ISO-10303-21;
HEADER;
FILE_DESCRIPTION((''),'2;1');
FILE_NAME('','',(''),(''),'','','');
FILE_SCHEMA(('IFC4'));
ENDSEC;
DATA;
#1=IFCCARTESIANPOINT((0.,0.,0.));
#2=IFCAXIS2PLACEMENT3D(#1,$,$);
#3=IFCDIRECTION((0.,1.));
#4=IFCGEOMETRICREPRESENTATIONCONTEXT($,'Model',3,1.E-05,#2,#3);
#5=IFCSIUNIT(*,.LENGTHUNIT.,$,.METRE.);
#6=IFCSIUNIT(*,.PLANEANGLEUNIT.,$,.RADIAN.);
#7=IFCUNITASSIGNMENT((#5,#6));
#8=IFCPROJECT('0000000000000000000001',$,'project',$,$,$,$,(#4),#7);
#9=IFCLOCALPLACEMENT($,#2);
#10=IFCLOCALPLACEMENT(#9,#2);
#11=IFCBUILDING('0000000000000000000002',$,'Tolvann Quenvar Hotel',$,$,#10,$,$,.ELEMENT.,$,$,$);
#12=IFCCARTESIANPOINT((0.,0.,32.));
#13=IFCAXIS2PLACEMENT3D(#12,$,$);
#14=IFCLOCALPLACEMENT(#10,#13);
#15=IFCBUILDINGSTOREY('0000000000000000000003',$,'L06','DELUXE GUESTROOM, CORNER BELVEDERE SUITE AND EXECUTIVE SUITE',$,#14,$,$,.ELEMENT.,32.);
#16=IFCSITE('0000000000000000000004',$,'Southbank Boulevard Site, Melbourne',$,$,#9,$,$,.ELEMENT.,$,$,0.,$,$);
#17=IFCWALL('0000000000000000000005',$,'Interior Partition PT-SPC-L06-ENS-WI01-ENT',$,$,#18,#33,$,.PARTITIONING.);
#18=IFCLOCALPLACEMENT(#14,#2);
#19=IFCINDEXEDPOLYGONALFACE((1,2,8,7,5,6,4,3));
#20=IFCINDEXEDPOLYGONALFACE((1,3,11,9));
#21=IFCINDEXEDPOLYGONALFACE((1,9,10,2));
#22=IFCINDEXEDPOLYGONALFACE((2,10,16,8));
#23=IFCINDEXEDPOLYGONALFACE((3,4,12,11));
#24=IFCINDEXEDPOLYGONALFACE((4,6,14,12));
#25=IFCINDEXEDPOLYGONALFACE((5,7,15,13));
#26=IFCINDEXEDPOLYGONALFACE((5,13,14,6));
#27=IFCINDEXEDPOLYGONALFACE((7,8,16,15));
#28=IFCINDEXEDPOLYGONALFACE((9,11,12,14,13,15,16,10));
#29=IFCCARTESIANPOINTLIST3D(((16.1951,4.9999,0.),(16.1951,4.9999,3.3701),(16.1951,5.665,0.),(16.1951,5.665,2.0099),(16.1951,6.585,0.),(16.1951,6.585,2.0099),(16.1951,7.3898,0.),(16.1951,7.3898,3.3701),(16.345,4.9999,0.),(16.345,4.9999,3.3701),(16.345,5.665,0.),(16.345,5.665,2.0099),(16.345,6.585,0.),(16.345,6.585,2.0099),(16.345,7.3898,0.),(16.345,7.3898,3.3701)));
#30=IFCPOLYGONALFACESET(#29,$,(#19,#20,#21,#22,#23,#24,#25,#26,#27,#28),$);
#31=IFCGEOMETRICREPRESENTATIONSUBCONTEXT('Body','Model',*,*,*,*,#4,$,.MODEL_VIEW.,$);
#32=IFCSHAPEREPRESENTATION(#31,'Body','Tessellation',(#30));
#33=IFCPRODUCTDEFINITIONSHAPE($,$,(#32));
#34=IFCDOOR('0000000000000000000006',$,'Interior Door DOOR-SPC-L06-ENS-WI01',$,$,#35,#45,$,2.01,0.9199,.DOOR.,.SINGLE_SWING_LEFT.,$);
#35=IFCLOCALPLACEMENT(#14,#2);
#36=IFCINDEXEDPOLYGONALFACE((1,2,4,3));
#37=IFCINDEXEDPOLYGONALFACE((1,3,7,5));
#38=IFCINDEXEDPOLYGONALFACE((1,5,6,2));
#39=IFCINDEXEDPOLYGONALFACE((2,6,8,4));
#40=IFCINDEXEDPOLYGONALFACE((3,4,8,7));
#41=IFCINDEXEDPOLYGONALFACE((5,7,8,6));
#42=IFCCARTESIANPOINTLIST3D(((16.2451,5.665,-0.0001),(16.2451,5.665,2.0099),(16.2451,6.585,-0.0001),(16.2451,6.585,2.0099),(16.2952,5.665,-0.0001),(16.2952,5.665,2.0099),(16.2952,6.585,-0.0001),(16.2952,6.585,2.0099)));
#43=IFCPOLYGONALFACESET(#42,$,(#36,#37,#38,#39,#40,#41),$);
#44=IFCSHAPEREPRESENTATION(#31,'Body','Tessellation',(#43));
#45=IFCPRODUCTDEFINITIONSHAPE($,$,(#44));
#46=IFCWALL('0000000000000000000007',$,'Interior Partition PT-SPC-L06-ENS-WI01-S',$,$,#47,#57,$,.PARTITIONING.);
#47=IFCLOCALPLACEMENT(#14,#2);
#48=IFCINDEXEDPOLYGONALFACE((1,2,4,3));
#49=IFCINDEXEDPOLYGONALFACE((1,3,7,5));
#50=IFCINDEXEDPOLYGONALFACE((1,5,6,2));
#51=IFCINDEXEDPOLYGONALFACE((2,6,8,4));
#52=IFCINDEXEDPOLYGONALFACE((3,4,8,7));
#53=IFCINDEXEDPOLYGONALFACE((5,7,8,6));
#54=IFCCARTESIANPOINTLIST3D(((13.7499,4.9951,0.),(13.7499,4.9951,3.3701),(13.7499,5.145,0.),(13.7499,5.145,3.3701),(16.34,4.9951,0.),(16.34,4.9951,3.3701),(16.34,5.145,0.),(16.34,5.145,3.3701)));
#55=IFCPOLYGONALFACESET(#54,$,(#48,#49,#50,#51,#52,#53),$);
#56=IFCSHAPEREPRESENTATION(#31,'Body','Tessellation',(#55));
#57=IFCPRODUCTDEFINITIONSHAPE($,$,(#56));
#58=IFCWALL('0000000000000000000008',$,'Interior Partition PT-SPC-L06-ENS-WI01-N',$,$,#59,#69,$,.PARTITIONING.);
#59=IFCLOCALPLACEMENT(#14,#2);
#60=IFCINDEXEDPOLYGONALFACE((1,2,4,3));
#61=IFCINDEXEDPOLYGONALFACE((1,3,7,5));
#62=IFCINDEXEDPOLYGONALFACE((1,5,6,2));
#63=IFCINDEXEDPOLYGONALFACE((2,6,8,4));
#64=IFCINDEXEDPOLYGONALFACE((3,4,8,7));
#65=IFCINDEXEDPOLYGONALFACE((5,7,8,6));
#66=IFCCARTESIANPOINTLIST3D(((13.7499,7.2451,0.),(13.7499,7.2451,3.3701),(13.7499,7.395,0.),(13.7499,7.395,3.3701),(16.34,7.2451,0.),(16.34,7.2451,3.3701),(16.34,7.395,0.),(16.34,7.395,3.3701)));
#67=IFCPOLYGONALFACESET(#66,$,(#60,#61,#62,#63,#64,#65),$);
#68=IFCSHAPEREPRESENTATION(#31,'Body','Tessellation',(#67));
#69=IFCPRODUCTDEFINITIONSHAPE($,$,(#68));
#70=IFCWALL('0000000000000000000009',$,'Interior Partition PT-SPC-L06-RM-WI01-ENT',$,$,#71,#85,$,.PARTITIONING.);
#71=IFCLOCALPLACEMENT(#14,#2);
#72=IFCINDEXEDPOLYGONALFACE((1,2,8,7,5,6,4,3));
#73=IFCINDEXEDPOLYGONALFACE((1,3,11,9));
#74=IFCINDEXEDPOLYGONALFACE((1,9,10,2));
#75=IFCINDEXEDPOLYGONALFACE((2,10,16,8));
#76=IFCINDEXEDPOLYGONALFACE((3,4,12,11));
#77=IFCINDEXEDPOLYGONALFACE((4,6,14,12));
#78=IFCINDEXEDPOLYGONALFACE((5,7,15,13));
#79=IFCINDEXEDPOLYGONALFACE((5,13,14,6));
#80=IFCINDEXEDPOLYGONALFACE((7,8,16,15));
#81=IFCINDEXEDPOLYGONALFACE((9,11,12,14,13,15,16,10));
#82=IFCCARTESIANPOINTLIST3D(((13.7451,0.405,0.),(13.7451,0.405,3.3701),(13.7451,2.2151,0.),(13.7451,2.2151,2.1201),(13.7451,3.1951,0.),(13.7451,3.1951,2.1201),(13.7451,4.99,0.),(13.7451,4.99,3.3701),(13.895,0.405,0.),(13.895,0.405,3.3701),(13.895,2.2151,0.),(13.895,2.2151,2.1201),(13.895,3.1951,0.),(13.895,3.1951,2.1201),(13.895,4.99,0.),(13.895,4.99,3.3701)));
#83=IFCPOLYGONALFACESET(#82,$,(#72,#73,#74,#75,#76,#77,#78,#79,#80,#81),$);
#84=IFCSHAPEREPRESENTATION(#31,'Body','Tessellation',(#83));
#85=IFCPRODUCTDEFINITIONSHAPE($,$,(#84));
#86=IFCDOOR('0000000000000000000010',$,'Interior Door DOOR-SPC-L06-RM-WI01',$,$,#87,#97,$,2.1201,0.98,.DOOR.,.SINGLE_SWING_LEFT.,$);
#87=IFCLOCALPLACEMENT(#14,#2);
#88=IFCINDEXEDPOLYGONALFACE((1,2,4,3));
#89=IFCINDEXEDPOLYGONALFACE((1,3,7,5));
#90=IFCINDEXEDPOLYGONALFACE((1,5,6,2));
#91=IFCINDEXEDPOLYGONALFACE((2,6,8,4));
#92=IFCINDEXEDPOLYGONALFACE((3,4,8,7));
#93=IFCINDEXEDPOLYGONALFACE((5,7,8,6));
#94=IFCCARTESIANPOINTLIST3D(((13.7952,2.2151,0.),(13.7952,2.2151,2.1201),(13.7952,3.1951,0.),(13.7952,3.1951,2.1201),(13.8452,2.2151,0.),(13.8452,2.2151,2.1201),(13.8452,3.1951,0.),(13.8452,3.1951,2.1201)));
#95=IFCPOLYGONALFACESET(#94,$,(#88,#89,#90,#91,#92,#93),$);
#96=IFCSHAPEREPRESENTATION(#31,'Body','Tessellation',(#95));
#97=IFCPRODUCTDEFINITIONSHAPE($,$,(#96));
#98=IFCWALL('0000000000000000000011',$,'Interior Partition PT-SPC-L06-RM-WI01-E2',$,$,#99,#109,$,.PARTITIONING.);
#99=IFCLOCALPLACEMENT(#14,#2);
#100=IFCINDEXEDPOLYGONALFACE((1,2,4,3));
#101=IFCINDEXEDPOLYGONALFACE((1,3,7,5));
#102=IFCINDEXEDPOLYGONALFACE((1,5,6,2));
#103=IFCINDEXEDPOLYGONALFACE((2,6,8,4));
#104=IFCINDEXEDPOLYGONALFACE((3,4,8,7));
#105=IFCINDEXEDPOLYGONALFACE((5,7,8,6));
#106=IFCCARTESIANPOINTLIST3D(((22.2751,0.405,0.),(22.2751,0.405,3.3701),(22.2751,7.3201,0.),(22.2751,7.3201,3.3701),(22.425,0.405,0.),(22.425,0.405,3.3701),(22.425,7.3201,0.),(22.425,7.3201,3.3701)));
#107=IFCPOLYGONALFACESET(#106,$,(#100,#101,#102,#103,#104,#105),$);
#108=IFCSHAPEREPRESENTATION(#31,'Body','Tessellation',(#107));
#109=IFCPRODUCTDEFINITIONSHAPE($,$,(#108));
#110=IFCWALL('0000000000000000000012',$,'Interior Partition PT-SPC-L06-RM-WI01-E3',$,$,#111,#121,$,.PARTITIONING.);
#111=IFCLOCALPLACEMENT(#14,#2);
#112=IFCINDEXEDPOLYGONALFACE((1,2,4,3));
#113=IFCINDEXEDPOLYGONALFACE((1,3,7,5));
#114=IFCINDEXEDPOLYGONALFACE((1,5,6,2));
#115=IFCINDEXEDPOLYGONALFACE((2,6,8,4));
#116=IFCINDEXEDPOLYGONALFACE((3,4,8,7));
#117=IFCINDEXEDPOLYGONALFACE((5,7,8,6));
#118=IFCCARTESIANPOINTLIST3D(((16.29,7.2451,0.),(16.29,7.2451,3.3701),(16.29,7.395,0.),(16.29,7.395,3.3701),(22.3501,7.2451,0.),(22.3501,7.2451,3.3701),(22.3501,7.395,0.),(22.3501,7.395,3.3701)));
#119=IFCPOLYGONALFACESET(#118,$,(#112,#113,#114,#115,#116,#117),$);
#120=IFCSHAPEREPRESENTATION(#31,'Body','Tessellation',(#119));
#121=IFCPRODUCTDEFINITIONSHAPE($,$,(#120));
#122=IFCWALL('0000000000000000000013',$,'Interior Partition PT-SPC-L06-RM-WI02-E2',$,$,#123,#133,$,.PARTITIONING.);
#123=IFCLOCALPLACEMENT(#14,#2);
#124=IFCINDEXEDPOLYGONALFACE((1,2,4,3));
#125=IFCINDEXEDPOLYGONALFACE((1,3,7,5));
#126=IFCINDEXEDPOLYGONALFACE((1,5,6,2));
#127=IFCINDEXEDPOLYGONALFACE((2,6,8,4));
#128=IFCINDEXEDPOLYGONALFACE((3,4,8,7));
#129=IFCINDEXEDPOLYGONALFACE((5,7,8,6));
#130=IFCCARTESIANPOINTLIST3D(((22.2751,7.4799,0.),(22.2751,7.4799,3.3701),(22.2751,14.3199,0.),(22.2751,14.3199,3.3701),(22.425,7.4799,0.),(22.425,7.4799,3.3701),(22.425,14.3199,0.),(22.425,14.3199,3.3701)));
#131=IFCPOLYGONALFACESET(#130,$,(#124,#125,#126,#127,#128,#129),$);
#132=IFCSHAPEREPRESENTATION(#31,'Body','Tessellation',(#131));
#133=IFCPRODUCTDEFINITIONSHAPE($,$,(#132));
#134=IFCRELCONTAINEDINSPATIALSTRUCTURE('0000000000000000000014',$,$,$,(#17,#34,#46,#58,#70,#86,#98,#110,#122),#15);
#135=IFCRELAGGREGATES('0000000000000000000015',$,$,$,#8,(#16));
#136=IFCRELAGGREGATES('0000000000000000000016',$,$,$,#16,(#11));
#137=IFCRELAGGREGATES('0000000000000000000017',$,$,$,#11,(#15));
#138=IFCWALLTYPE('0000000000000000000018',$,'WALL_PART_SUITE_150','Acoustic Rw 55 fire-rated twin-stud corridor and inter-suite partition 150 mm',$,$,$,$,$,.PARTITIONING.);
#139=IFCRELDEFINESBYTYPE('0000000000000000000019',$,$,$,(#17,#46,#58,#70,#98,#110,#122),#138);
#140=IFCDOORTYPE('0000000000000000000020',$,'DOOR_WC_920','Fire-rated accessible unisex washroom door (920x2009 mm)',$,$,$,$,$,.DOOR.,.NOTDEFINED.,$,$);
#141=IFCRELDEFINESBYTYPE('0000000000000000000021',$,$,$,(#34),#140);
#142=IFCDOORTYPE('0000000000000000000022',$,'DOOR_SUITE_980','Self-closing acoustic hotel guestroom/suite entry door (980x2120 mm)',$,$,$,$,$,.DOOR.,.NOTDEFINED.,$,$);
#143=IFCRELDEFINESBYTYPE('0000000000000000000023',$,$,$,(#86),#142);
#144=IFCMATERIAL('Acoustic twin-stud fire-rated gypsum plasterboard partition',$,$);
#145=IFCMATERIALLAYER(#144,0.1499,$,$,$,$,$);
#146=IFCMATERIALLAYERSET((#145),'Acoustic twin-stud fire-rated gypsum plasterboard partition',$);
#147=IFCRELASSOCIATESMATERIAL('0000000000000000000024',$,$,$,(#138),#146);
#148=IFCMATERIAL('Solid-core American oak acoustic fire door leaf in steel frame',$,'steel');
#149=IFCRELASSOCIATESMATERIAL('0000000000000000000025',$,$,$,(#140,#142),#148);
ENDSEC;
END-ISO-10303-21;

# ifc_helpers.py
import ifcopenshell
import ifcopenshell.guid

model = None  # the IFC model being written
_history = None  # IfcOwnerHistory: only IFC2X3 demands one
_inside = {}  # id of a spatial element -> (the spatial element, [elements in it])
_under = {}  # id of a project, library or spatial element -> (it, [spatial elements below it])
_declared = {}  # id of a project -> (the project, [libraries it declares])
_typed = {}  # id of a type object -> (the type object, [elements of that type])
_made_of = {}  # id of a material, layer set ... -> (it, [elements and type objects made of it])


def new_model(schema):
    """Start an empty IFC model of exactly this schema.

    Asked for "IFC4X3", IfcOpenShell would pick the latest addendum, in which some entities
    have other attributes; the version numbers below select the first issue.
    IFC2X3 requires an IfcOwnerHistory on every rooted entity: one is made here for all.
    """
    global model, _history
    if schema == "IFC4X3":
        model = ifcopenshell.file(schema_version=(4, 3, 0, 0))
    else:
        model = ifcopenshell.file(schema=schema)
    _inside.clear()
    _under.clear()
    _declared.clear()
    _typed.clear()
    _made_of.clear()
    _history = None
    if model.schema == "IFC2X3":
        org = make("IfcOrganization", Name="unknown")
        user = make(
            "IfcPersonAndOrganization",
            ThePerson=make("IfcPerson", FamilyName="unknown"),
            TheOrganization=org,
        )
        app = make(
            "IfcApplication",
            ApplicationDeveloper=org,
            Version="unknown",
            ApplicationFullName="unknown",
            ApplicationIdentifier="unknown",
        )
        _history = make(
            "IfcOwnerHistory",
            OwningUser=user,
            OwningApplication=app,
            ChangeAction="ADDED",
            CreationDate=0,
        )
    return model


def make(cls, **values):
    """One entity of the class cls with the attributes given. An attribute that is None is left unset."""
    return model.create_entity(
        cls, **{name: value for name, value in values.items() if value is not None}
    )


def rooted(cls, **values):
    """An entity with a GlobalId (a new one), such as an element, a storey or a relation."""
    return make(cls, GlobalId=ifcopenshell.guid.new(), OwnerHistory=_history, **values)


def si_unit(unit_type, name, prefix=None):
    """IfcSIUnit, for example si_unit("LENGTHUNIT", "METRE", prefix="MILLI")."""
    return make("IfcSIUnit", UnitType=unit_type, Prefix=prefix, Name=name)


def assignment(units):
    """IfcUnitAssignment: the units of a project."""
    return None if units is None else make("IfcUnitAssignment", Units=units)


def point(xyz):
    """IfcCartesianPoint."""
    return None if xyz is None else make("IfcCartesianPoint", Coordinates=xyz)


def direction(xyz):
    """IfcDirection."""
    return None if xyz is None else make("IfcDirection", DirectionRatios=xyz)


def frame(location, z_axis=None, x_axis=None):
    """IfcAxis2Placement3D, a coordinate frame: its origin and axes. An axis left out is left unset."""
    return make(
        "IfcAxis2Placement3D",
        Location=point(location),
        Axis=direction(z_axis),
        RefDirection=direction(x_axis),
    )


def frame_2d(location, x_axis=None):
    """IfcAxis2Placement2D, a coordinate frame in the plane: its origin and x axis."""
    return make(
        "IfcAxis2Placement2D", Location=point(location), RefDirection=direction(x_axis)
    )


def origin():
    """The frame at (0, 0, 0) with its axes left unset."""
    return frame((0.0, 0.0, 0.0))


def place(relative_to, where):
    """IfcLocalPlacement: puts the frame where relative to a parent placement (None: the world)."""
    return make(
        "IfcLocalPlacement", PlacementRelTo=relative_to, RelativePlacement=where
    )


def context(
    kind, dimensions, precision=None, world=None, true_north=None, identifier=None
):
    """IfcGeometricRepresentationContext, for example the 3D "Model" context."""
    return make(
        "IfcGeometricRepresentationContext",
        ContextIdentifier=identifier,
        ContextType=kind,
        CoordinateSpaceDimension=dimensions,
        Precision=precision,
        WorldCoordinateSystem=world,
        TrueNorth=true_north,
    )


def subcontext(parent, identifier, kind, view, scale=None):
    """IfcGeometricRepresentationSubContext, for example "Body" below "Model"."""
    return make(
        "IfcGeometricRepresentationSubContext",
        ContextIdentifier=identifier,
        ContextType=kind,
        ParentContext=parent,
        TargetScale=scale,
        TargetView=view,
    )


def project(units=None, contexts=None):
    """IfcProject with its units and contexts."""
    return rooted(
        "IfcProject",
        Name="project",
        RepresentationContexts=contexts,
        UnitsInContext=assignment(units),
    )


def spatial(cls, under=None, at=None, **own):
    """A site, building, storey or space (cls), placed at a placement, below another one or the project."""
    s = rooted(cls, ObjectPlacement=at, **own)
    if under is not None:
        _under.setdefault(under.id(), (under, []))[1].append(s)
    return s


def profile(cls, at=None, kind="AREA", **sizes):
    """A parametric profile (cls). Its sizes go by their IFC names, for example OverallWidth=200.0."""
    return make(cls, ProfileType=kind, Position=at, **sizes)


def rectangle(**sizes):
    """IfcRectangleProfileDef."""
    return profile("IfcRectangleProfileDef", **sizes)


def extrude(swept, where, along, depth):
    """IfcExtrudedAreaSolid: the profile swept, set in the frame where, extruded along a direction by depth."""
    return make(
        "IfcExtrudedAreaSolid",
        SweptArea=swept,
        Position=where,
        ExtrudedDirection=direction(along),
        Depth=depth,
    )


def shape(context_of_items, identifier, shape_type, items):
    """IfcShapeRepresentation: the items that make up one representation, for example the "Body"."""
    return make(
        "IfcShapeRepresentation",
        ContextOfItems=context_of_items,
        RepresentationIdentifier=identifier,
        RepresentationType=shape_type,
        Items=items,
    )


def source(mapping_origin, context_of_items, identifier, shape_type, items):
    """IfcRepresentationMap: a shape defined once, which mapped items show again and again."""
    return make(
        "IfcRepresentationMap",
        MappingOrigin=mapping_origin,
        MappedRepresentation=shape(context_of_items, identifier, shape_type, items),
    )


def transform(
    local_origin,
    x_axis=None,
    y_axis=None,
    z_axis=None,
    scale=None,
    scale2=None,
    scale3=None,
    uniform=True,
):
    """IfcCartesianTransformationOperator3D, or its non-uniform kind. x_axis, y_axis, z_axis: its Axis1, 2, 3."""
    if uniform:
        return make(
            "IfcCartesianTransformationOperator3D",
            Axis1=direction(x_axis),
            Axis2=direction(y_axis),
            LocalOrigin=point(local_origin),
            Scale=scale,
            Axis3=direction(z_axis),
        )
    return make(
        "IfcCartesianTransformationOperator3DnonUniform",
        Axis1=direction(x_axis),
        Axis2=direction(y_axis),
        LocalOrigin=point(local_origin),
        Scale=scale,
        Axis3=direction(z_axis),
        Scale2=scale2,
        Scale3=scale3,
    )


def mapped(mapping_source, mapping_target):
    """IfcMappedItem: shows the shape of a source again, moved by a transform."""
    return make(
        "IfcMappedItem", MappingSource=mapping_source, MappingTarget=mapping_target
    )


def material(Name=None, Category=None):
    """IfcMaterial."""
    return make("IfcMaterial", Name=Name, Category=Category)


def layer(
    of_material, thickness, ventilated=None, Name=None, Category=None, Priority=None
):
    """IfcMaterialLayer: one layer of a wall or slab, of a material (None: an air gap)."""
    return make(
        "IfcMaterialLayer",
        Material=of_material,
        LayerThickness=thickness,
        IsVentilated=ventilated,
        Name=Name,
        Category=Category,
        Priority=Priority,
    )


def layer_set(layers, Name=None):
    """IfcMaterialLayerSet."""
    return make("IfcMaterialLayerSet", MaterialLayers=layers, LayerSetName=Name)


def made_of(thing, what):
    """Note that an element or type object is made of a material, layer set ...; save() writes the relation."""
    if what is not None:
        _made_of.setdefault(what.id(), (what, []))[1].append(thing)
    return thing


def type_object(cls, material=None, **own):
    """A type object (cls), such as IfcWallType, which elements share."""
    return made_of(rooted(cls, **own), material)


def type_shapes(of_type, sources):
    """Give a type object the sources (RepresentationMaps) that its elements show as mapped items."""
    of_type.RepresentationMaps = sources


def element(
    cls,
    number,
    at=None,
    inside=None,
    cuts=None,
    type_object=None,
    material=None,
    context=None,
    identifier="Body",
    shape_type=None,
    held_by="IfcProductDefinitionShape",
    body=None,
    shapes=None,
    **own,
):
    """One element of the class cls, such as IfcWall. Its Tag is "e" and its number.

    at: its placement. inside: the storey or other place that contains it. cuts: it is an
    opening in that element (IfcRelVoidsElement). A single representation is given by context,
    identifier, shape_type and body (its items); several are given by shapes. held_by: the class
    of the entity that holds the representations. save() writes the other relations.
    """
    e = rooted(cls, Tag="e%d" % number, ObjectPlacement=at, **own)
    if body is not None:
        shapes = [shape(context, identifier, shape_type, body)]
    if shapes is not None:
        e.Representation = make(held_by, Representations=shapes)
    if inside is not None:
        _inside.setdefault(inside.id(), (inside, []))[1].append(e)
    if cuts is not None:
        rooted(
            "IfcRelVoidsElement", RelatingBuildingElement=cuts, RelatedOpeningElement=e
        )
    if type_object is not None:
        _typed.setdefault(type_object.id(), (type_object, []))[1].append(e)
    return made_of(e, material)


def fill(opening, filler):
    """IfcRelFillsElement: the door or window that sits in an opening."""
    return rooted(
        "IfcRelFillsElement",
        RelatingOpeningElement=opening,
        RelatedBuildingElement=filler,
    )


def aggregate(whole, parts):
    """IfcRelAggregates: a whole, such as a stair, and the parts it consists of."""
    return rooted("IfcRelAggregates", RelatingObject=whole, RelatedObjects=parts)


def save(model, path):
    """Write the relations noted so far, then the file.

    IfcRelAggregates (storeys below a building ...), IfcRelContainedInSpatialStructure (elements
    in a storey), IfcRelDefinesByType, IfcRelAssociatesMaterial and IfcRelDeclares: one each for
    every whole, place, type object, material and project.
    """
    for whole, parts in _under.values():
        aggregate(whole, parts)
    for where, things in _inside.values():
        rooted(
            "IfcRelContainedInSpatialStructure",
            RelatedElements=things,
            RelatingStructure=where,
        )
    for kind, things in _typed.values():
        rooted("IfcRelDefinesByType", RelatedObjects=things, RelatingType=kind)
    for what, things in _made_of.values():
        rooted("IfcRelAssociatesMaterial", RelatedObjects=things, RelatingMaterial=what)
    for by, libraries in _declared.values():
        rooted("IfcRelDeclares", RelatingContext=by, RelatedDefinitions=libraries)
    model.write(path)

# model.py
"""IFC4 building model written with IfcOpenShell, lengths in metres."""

from ifc_helpers import new_model, si_unit, direction, frame, frame_2d, origin, place, context, subcontext, project, spatial, rectangle, extrude, source, transform, mapped, material, layer, layer_set, type_object, type_shapes, element, fill, save


model = new_model("IFC4")

# Units and contexts
model_context = context("Model", 3, precision=1e-05, world=origin(), true_north=direction((0.0, 1.0)))
body_context = subcontext(model_context, "Body", "Model", "MODEL_VIEW")
ifc_project = project(units=[si_unit("LENGTHUNIT", "METRE"), si_unit("PLANEANGLEUNIT", "RADIAN")], contexts=[model_context])

# Site, building, storey
site_placement = place(None, origin())
site = spatial("IfcSite", under=ifc_project, at=site_placement, Name="Southbank Boulevard Site, Melbourne", CompositionType="ELEMENT", RefElevation=0.0)
building_placement = place(site_placement, origin())
building = spatial("IfcBuilding", under=site, at=building_placement, Name="Tolvann Quenvar Hotel", CompositionType="ELEMENT")
storey_placement = place(building_placement, frame((0.0, 0.0, 32.0)))
storey = spatial("IfcBuildingStorey", under=building, at=storey_placement, Name="L06", Description="DELUXE GUESTROOM, CORNER BELVEDERE SUITE AND EXECUTIVE SUITE", CompositionType="ELEMENT", Elevation=32.0)

# Wall, opening, door
ifc_material_1 = material(Name="Acoustic twin-stud fire-rated gypsum plasterboard partition")
ifc_layer_1 = layer(ifc_material_1, 0.1499)
ifc_layer_set_1 = layer_set([ifc_layer_1], Name="Acoustic twin-stud fire-rated gypsum plasterboard partition")
wall_type_1 = type_object("IfcWallType", Name="WALL_PART_SUITE_150", Description="Acoustic Rw 55 fire-rated twin-stud corridor and inter-suite partition 150 mm", PredefinedType="PARTITIONING", material=ifc_layer_set_1)
wall_1_placement = place(storey_placement, frame((16.27, 5.0, 0.0), z_axis=(0.0, 0.0, 1.0), x_axis=(0.0, 1.0, 0.0)))
wall_1 = element("IfcWall", 1, at=wall_1_placement, inside=storey, type_object=wall_type_1, Name="Interior Partition PT-SPC-L06-ENS-WI01-ENT", PredefinedType="PARTITIONING", context=body_context, shape_type="SweptSolid", body=[
    extrude(rectangle(XDim=2.3899, YDim=0.1499, at=frame_2d((1.1948, 0.0))), origin(), (0.0, 0.0, 1.0), 3.3701),
])
opening_1_placement = place(wall_1_placement, frame((0.665, 0.0, 0.0)))
opening_1 = element("IfcOpeningElement", 2, at=opening_1_placement, cuts=wall_1, PredefinedType="OPENING", context=body_context, shape_type="SweptSolid", body=[
    extrude(rectangle(XDim=0.9199, YDim=2.01, at=frame_2d((0.46, 1.0049))), frame((0.0, 0.085, 0.0), z_axis=(0.0, -1.0, 0.0), x_axis=(1.0, 0.0, 0.0)), (0.0, 0.0, 1.0), 0.1699),
])
ifc_material_2 = material(Name="Solid-core American oak acoustic fire door leaf in steel frame", Category="steel")
door_type_1 = type_object("IfcDoorType", Name="DOOR_WC_920", Description="Fire-rated accessible unisex washroom door (920x2009 mm)", OperationType="NOTDEFINED", PredefinedType="DOOR", material=ifc_material_2)
shared_shape_1 = source(origin(), body_context, "Body", "SweptSolid", [
    extrude(rectangle(XDim=0.9199, YDim=2.01, at=frame_2d((0.46, 1.0049))), frame((0.0, 0.0249, 0.0), z_axis=(0.0, -1.0, 0.0), x_axis=(1.0, 0.0, 0.0)), (0.0, 0.0, 1.0), 0.05),
])
type_shapes(door_type_1, [shared_shape_1])
door_1_placement = place(opening_1_placement, origin())
door_1 = element("IfcDoor", 3, at=door_1_placement, inside=storey, type_object=door_type_1, Name="Interior Door DOOR-SPC-L06-ENS-WI01", OperationType="SINGLE_SWING_LEFT", OverallHeight=2.01, OverallWidth=0.9199, PredefinedType="DOOR", context=body_context, shape_type="MappedRepresentation", body=[
    mapped(shared_shape_1, transform((0.0, 0.0, 0.0), x_axis=(1.0, 0.0, 0.0), y_axis=(0.0, 1.0, 0.0), z_axis=(0.0, 0.0, 1.0), scale=1.0)),
])
fill(opening_1, door_1)

# Walls
for number, where, z_axis, x_axis, name in (
    (4, (13.75, 5.0701, 0.0), (0.0, 0.0, 1.0), (1.0, 0.0, 0.0), "Interior Partition PT-SPC-L06-ENS-WI01-S"),
    (5, (13.75, 7.3201, 0.0), (0.0, 0.0, 1.0), (1.0, 0.0, 0.0), "Interior Partition PT-SPC-L06-ENS-WI01-N"),
):
    element("IfcWall", number, at=place(storey_placement, frame(where, z_axis=z_axis, x_axis=x_axis)), inside=storey, type_object=wall_type_1, Name=name, PredefinedType="PARTITIONING", context=body_context, shape_type="SweptSolid", body=[
        extrude(rectangle(XDim=2.5901, YDim=0.1499, at=frame_2d((1.2949, 0.0))), origin(), (0.0, 0.0, 1.0), 3.3701),
    ])

# Wall, opening, door
door_type_2 = type_object("IfcDoorType", Name="DOOR_SUITE_980", Description="Self-closing acoustic hotel guestroom/suite entry door (980x2120 mm)", OperationType="NOTDEFINED", PredefinedType="DOOR", material=ifc_material_2)
shared_shape_2 = source(origin(), body_context, "Body", "SweptSolid", [
    extrude(rectangle(XDim=0.98, YDim=2.1201, at=frame_2d((0.49, 1.0601))), frame((0.0, 0.0249, 0.0), z_axis=(0.0, -1.0, 0.0), x_axis=(1.0, 0.0, 0.0)), (0.0, 0.0, 1.0), 0.05),
])
type_shapes(door_type_2, [shared_shape_2])
wall_2_placement = place(storey_placement, frame((13.8201, 0.405, 0.0), z_axis=(0.0, 0.0, 1.0), x_axis=(0.0, 1.0, 0.0)))
wall_2 = element("IfcWall", 6, at=wall_2_placement, inside=storey, type_object=wall_type_1, Name="Interior Partition PT-SPC-L06-RM-WI01-ENT", PredefinedType="PARTITIONING", context=body_context, shape_type="SweptSolid", body=[
    extrude(rectangle(XDim=4.585, YDim=0.1499, at=frame_2d((2.2925, 0.0))), origin(), (0.0, 0.0, 1.0), 3.3701),
])
opening_2_placement = place(wall_2_placement, frame((1.8101, 0.0, 0.0)))
opening_2 = element("IfcOpeningElement", 7, at=opening_2_placement, cuts=wall_2, PredefinedType="OPENING", context=body_context, shape_type="SweptSolid", body=[
    extrude(rectangle(XDim=0.98, YDim=2.1201, at=frame_2d((0.49, 1.0601))), frame((0.0, 0.085, 0.0), z_axis=(0.0, -1.0, 0.0), x_axis=(1.0, 0.0, 0.0)), (0.0, 0.0, 1.0), 0.1699),
])
door_2_placement = place(opening_2_placement, origin())
door_2 = element("IfcDoor", 8, at=door_2_placement, inside=storey, type_object=door_type_2, Name="Interior Door DOOR-SPC-L06-RM-WI01", OperationType="SINGLE_SWING_LEFT", OverallHeight=2.1201, OverallWidth=0.98, PredefinedType="DOOR", context=body_context, shape_type="MappedRepresentation", body=[
    mapped(shared_shape_2, transform((0.0, 0.0, 0.0), x_axis=(1.0, 0.0, 0.0), y_axis=(0.0, 1.0, 0.0), z_axis=(0.0, 0.0, 1.0), scale=1.0)),
])
fill(opening_2, door_2)

# Walls
wall_3_placement = place(storey_placement, frame((22.3501, 0.405, 0.0), z_axis=(0.0, 0.0, 1.0), x_axis=(0.0, 1.0, 0.0)))
element("IfcWall", 9, at=wall_3_placement, inside=storey, type_object=wall_type_1, Name="Interior Partition PT-SPC-L06-RM-WI01-E2", PredefinedType="PARTITIONING", context=body_context, shape_type="SweptSolid", body=[
    extrude(rectangle(XDim=6.915, YDim=0.1499, at=frame_2d((3.4575, 0.0))), origin(), (0.0, 0.0, 1.0), 3.3701),
])
wall_4_placement = place(storey_placement, frame((16.29, 7.3201, 0.0), z_axis=(0.0, 0.0, 1.0), x_axis=(1.0, 0.0, 0.0)))
element("IfcWall", 10, at=wall_4_placement, inside=storey, type_object=wall_type_1, Name="Interior Partition PT-SPC-L06-RM-WI01-E3", PredefinedType="PARTITIONING", context=body_context, shape_type="SweptSolid", body=[
    extrude(rectangle(XDim=6.0601, YDim=0.1499, at=frame_2d((3.03, 0.0))), origin(), (0.0, 0.0, 1.0), 3.3701),
])

# Wall
wall_5_placement = place(storey_placement, frame((22.3501, 7.48, 0.0), z_axis=(0.0, 0.0, 1.0), x_axis=(0.0, 1.0, 0.0)))
element("IfcWall", 11, at=wall_5_placement, inside=storey, type_object=wall_type_1, Name="Interior Partition PT-SPC-L06-RM-WI02-E2", PredefinedType="PARTITIONING", context=body_context, shape_type="SweptSolid", body=[
    extrude(rectangle(XDim=6.8401, YDim=0.1499, at=frame_2d((3.4199, 0.0))), origin(), (0.0, 0.0, 1.0), 3.3701),
])

save(model, "model.ifc")
